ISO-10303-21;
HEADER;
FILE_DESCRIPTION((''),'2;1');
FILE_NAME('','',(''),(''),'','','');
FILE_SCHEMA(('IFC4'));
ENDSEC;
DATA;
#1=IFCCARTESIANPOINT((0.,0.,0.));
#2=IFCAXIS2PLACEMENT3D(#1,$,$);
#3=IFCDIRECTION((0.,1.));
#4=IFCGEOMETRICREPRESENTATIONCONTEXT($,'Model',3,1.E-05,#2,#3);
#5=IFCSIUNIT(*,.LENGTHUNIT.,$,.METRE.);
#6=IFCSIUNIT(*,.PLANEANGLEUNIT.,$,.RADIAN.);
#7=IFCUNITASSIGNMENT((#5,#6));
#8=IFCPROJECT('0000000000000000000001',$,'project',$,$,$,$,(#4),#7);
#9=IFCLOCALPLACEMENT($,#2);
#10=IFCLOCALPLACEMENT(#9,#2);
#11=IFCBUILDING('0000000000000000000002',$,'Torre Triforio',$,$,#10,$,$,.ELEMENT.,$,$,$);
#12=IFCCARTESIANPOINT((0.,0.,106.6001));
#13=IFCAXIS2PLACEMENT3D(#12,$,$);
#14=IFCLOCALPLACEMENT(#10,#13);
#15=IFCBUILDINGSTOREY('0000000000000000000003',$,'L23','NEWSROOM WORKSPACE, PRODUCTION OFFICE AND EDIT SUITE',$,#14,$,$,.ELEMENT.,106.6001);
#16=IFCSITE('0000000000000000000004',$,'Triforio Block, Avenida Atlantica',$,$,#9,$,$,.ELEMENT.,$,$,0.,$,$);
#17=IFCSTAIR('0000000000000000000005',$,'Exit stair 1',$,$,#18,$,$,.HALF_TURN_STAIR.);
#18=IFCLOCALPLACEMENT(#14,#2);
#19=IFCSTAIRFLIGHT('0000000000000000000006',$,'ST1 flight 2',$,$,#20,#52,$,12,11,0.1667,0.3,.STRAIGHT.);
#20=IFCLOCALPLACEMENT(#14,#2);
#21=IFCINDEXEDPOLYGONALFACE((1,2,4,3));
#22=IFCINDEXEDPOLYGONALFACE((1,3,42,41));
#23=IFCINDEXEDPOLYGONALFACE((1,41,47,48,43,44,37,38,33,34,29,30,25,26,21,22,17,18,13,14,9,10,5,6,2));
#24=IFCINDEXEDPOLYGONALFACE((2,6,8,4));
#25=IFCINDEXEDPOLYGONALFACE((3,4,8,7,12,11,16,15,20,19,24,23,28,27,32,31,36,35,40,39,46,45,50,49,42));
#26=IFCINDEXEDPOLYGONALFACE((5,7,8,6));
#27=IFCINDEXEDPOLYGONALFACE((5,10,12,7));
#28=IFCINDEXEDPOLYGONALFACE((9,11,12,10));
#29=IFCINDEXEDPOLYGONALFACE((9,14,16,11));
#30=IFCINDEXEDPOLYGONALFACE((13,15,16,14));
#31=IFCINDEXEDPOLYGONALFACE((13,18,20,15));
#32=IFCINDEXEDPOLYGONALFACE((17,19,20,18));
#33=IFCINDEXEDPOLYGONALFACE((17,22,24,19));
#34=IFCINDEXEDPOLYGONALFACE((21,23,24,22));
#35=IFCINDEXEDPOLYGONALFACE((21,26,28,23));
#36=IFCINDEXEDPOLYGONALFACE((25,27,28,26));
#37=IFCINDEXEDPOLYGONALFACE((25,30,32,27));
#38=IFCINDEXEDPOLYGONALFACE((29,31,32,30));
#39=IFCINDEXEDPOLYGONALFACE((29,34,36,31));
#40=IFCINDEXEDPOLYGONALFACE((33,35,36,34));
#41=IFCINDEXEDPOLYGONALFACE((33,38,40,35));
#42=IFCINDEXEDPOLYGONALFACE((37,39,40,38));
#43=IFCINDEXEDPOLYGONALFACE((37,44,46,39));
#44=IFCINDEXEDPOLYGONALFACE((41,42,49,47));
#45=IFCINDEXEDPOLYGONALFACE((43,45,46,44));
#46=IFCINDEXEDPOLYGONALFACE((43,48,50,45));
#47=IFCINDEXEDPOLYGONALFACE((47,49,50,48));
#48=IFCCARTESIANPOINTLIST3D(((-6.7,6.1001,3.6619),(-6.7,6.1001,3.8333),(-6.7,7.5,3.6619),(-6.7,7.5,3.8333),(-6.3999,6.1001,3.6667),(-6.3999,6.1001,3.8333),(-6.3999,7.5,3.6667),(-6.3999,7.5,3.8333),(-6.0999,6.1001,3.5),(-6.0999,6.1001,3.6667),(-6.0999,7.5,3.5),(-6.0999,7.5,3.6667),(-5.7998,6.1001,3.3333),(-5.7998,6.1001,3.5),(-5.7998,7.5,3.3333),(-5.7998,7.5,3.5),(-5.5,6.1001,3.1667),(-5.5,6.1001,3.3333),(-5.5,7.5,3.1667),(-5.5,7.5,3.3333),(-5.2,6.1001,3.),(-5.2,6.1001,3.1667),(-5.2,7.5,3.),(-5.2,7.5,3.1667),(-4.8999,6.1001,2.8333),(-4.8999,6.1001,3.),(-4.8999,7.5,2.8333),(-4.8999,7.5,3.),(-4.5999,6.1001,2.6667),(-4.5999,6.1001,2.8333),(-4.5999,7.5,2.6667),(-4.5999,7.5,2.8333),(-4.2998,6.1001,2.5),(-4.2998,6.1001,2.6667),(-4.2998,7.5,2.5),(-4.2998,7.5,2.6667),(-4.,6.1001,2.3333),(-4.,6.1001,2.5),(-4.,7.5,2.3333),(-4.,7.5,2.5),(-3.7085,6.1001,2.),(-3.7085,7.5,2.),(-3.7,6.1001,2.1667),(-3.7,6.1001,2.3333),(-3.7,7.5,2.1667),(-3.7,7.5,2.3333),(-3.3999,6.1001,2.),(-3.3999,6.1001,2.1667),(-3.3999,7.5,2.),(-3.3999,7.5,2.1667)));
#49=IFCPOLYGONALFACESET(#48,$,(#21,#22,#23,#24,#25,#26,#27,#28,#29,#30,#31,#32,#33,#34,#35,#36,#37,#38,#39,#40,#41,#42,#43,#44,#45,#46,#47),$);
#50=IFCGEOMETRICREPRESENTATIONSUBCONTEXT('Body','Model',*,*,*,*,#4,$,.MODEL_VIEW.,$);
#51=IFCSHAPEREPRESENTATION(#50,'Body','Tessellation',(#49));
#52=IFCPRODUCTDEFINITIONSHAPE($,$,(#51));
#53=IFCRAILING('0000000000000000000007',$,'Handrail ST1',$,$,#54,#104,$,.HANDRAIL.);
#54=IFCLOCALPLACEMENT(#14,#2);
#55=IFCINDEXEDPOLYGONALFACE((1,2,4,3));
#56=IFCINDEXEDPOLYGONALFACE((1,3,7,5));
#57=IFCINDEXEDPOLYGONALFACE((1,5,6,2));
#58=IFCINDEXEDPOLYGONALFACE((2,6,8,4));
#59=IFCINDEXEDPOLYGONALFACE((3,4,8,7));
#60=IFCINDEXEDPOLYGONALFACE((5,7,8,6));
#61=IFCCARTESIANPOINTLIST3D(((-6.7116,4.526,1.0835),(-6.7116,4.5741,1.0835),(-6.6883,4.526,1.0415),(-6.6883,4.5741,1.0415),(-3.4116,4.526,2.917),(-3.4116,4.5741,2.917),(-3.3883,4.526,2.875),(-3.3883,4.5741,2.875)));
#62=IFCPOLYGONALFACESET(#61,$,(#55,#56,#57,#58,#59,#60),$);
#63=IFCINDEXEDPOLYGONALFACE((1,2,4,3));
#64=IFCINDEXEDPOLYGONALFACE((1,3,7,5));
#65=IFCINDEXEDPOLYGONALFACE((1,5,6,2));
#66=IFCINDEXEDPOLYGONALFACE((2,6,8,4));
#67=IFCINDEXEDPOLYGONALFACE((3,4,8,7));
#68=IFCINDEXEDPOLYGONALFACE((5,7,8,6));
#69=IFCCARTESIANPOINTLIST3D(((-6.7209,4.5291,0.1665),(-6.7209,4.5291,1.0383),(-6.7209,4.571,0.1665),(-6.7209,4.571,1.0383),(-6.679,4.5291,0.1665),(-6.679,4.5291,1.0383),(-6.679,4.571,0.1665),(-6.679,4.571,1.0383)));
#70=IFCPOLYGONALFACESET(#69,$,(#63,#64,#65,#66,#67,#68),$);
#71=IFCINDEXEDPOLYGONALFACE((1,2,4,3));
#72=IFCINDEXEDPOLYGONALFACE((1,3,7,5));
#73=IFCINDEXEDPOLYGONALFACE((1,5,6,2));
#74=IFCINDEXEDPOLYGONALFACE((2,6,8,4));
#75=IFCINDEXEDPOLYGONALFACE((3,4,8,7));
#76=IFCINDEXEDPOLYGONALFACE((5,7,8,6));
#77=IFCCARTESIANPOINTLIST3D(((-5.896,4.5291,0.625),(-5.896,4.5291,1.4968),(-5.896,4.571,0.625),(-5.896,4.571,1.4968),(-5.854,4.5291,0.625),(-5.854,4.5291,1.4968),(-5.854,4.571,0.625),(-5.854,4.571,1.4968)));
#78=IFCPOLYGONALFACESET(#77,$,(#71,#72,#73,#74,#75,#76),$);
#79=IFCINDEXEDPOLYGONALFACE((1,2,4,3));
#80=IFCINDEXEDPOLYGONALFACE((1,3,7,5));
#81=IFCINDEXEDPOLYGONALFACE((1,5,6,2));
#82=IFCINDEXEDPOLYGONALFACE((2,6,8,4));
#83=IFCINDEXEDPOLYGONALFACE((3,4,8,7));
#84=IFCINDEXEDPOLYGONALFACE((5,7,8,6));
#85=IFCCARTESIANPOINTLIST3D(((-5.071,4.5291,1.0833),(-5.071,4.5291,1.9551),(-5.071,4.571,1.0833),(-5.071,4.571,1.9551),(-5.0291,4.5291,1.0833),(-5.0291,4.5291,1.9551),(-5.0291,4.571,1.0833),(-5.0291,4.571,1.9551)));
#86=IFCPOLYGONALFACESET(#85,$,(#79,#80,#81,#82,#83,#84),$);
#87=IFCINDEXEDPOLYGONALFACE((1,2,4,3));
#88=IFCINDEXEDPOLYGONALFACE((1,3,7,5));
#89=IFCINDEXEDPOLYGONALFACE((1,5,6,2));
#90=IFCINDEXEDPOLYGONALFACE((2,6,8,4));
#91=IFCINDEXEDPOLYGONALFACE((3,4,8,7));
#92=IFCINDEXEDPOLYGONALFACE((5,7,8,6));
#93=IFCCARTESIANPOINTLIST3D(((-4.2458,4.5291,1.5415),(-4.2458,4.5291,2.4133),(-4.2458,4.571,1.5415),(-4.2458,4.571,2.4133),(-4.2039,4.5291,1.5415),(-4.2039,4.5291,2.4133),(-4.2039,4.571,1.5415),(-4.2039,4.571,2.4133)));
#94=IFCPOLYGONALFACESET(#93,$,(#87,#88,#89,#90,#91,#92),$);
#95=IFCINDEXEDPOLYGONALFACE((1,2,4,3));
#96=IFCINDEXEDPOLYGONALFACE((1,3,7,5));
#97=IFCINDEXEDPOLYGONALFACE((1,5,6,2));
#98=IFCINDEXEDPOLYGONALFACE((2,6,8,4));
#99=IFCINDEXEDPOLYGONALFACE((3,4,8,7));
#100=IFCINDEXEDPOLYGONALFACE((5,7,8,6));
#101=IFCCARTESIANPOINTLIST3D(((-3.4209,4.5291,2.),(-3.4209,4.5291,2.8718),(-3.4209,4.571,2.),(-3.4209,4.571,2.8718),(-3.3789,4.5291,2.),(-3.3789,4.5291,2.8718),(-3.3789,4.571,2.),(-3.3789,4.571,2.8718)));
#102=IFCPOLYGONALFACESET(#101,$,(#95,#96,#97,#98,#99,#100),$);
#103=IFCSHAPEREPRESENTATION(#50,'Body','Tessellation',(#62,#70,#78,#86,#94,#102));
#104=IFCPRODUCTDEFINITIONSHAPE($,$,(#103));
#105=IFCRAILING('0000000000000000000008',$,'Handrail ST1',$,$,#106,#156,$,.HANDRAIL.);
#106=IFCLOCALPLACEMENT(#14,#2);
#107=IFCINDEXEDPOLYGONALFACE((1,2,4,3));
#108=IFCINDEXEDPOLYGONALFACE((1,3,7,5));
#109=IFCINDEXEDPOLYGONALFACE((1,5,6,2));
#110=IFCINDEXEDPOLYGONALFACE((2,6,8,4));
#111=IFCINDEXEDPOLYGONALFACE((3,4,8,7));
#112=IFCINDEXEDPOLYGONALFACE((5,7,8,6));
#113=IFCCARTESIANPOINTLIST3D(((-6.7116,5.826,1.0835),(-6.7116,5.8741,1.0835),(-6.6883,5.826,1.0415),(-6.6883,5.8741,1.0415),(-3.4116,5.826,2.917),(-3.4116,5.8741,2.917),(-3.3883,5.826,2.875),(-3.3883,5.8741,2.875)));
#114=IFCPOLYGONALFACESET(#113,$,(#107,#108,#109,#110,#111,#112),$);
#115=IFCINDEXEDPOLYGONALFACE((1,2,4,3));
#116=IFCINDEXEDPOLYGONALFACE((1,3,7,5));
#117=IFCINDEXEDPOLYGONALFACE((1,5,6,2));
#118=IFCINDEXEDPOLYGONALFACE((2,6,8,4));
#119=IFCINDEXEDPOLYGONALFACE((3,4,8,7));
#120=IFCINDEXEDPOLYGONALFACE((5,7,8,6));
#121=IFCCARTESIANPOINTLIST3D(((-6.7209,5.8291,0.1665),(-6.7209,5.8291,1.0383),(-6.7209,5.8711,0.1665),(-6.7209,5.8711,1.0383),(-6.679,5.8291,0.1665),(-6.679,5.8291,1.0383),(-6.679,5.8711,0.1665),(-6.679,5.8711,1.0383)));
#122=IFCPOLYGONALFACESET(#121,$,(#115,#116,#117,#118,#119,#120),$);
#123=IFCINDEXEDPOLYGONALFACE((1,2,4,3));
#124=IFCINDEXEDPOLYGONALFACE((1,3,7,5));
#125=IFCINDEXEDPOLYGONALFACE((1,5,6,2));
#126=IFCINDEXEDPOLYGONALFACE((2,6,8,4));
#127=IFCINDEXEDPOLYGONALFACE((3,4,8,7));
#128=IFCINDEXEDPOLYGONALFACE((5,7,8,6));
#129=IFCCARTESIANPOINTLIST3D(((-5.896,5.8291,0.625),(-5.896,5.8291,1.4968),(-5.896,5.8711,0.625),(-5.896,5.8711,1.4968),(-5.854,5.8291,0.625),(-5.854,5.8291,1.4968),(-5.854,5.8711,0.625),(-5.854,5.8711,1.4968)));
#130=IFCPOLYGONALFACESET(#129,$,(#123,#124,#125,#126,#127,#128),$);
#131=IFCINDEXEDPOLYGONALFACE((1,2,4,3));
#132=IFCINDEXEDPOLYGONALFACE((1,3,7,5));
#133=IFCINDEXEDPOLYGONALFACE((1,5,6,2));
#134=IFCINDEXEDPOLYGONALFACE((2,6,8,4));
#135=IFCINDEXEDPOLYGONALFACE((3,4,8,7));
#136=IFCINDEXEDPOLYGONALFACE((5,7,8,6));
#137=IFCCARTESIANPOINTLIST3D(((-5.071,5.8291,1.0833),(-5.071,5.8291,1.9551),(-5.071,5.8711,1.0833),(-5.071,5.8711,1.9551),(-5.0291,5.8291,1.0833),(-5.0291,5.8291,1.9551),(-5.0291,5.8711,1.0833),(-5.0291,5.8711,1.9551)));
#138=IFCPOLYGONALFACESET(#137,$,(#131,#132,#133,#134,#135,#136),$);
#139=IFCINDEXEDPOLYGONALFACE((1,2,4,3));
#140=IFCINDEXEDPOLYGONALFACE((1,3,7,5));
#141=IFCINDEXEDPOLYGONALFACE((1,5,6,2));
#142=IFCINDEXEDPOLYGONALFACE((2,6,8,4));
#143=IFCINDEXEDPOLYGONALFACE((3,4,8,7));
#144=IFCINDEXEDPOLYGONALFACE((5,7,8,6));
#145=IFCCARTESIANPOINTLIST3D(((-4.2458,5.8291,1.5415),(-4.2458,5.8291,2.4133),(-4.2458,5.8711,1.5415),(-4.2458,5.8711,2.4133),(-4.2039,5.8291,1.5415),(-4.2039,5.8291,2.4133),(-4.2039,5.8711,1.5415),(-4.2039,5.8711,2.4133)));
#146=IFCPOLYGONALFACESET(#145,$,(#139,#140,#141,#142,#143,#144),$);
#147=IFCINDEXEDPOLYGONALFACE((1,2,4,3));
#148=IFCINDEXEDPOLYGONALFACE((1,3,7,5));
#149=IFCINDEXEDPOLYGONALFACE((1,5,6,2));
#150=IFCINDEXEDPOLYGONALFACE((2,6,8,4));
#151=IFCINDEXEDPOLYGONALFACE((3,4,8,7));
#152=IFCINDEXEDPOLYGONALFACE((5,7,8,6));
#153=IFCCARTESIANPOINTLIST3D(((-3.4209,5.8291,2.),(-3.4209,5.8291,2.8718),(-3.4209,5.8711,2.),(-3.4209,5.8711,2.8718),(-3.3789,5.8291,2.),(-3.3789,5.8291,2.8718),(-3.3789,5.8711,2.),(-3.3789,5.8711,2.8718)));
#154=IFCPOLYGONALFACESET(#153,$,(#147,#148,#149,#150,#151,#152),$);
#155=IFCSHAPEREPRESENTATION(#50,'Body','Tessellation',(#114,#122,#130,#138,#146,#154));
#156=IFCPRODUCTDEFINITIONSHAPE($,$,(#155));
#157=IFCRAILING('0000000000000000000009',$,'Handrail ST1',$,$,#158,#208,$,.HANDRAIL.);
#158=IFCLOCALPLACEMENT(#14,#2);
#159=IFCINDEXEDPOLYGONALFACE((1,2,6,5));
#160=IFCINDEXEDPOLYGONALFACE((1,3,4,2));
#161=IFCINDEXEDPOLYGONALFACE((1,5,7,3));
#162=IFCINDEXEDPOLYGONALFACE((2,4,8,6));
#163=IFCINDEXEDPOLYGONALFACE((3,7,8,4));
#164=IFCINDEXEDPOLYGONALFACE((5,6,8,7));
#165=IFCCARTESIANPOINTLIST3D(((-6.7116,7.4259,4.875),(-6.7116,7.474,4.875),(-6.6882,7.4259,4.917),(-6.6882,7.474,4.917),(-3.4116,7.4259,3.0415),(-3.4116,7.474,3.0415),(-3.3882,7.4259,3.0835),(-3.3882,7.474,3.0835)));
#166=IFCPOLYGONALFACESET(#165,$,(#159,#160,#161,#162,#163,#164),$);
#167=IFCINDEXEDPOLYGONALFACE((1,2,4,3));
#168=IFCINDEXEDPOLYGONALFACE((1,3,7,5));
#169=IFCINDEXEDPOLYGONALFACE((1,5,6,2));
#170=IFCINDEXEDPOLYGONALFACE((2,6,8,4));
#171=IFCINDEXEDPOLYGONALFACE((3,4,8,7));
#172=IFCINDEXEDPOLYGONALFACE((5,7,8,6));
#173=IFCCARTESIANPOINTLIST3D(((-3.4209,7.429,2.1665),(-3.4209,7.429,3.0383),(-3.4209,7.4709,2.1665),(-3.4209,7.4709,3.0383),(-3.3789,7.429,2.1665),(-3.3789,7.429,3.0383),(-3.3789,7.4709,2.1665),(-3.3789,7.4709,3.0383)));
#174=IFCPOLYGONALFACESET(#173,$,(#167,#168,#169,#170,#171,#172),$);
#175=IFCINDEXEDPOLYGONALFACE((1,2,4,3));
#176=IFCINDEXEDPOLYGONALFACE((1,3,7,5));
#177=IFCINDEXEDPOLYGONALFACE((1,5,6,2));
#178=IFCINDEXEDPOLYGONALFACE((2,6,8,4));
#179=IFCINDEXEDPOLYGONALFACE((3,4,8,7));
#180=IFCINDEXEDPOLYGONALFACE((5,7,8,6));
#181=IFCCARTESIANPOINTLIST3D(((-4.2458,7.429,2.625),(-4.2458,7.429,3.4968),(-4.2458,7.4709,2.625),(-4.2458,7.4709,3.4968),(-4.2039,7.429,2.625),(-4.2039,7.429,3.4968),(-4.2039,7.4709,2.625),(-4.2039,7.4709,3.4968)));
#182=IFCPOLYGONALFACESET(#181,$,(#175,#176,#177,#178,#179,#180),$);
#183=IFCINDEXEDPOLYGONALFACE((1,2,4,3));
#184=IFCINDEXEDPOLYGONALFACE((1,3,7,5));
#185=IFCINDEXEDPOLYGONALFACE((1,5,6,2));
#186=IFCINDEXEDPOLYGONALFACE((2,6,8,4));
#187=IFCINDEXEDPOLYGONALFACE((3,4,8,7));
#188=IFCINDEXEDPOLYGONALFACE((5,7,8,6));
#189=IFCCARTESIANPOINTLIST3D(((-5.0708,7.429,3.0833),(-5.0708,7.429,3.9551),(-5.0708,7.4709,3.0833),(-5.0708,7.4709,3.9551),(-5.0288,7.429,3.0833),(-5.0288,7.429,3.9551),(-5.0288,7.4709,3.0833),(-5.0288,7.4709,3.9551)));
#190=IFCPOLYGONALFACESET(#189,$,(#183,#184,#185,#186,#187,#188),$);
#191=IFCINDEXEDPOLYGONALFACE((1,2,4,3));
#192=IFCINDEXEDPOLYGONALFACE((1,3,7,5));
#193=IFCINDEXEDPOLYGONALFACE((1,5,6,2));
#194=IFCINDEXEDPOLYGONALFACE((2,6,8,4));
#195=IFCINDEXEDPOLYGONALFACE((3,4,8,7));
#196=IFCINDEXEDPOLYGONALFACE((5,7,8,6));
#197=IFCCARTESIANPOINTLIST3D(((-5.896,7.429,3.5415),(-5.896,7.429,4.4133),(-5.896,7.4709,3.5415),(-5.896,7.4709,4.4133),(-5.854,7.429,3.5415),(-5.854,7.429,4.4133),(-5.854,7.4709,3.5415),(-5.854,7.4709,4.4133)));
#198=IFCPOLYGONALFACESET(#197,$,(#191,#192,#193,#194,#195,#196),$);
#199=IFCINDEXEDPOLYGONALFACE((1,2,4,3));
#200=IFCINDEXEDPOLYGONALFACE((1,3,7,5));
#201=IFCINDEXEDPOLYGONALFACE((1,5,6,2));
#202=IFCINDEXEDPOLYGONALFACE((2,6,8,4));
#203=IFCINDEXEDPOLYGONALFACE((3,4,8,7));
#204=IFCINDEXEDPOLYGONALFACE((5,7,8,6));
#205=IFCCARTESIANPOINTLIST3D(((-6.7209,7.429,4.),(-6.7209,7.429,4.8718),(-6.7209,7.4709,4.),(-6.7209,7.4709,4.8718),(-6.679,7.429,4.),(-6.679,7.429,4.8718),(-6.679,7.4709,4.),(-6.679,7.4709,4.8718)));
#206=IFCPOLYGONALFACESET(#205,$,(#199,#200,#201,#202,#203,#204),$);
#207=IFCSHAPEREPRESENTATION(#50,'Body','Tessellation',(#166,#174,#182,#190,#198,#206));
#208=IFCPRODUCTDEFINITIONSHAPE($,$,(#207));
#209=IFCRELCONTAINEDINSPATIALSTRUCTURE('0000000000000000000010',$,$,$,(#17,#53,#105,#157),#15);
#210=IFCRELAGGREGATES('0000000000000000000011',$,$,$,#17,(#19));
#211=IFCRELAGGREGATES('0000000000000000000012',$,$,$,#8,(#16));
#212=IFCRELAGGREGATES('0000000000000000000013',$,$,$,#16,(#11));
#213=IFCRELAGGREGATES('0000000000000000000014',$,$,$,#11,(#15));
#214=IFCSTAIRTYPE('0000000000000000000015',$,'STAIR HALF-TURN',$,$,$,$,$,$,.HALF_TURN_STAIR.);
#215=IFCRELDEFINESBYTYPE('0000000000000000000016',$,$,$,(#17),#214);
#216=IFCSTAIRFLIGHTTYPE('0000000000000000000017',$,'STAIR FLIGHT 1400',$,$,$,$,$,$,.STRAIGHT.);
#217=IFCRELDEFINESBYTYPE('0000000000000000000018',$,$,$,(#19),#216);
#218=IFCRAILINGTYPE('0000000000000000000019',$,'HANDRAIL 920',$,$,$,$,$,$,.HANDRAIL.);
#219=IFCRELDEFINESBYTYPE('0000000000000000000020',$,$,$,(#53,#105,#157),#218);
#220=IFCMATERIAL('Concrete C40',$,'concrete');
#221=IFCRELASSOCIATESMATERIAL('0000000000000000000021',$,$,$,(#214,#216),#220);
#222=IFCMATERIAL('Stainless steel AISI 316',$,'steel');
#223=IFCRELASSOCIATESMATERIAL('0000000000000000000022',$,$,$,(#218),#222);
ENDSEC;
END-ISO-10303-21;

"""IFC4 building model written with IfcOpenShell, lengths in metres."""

from ifc_helpers import new_model, si_unit, direction, frame, origin, origin_2d, place, context, subcontext, project, spatial, polyline, rectangle, outline, extrude, material, type_object, element, aggregate, save


model = new_model("IFC4")

# Units and contexts
model_context = context("Model", 3, precision=1e-05, world=origin(), true_north=direction((0.0, 1.0)))
body_context = subcontext(model_context, "Body", "Model", "MODEL_VIEW")
ifc_project = project(units=[si_unit("LENGTHUNIT", "METRE"), si_unit("PLANEANGLEUNIT", "RADIAN")], contexts=[model_context])

# Site, building, storey
site_placement = place(None, origin())
site = spatial("IfcSite", under=ifc_project, at=site_placement, Name="Triforio Block, Avenida Atlantica", CompositionType="ELEMENT", RefElevation=0.0)
building_placement = place(site_placement, origin())
building = spatial("IfcBuilding", under=site, at=building_placement, Name="Torre Triforio", CompositionType="ELEMENT")
storey_placement = place(building_placement, frame((0.0, 0.0, 106.6001)))
storey = spatial("IfcBuildingStorey", under=building, at=storey_placement, Name="L23", Description="NEWSROOM WORKSPACE, PRODUCTION OFFICE AND EDIT SUITE", CompositionType="ELEMENT", Elevation=106.6001)

# Stair, stair flight
ifc_material_1 = material(Name="Concrete C40", Category="concrete")
stair_type = type_object("IfcStairType", Name="STAIR HALF-TURN", PredefinedType="HALF_TURN_STAIR", material=ifc_material_1)
stair_placement = place(storey_placement, origin())
stair = element("IfcStair", 1, at=stair_placement, inside=storey, type_object=stair_type, Name="Exit stair 1", PredefinedType="HALF_TURN_STAIR")
stair_flight_type = type_object("IfcStairFlightType", Name="STAIR FLIGHT 1400", PredefinedType="STRAIGHT", material=ifc_material_1)
stair_flight_1_placement = place(storey_placement, frame((-3.3999, 6.8, 2.0), z_axis=(0.0, 0.0, 1.0), x_axis=(-1.0, 0.0, 0.0)))
stair_flight_1 = element("IfcStairFlight", 2, at=stair_flight_1_placement, type_object=stair_flight_type, Name="ST1 flight 2", NumberOfRisers=12, NumberOfTreads=11, PredefinedType="STRAIGHT", RiserHeight=0.1667, TreadLength=0.3, context=body_context, shape_type="SweptSolid", body=[
    extrude(outline(polyline([(0.0, 0.0), (0.0, 0.1667), (0.3, 0.1667), (0.3, 0.3333), (0.6001, 0.3333), (0.6001, 0.5), (0.8999, 0.5), (0.8999, 0.6667), (1.2, 0.6667), (1.2, 0.8333), (1.5, 0.8333), (1.5, 1.0), (1.8, 1.0), (1.8, 1.1667), (2.1001, 1.1667), (2.1001, 1.3333), (2.3999, 1.3333), (2.3999, 1.5), (2.7, 1.5), (2.7, 1.6667), (3.0, 1.6667), (3.0, 1.8333), (3.3, 1.8333), (3.3, 2.0), (3.3, 1.6619), (0.3086, 0.0), (0.0, 0.0)])), frame((0.0, 0.7, 0.0), z_axis=(0.0, -1.0, 0.0), x_axis=(1.0, 0.0, 0.0)), (0.0, 0.0, 1.0), 1.3999),
])
aggregate(stair, [stair_flight_1])

# Railings
ifc_material_2 = material(Name="Stainless steel AISI 316", Category="steel")
railing_type = type_object("IfcRailingType", Name="HANDRAIL 920", PredefinedType="HANDRAIL", material=ifc_material_2)
for number, where, name in (
    (3, (-6.7, 4.55, 0.1665), "Handrail ST1"),
    (4, (-6.7, 5.8501, 0.1665), "Handrail ST1"),
):
    element("IfcRailing", number, at=place(storey_placement, frame(where)), inside=storey, type_object=railing_type, Name=name, PredefinedType="HANDRAIL", context=body_context, shape_type="SweptSolid", body=[
        extrude(rectangle(XDim=0.0481, YDim=0.0481, at=origin_2d()), frame((0.0, 0.0, 0.896), z_axis=(0.874142, 0.0, 0.48567), x_axis=(0.0, 1.0, 0.0)), (0.0, 0.0, 1.0), 3.7751),
        extrude(rectangle(XDim=0.042, YDim=0.042, at=origin_2d()), origin(), (0.0, 0.0, 1.0), 0.8718),
        extrude(rectangle(XDim=0.042, YDim=0.042, at=origin_2d()), frame((0.825, 0.0, 0.4585)), (0.0, 0.0, 1.0), 0.8718),
        extrude(rectangle(XDim=0.042, YDim=0.042, at=origin_2d()), frame((1.6499, 0.0, 0.9167)), (0.0, 0.0, 1.0), 0.8718),
        extrude(rectangle(XDim=0.042, YDim=0.042, at=origin_2d()), frame((2.4751, 0.0, 1.375)), (0.0, 0.0, 1.0), 0.8718),
        extrude(rectangle(XDim=0.042, YDim=0.042, at=origin_2d()), frame((3.3, 0.0, 1.8335)), (0.0, 0.0, 1.0), 0.8718),
    ])
for number, where, name in (
    (5, (-3.3999, 7.45, 2.1665), "Handrail ST1"),
):
    element("IfcRailing", number, at=place(storey_placement, frame(where)), inside=storey, type_object=railing_type, Name=name, PredefinedType="HANDRAIL", context=body_context, shape_type="SweptSolid", body=[
        extrude(rectangle(XDim=0.0481, YDim=0.0481, at=origin_2d()), frame((0.0, 0.0, 0.896), z_axis=(-0.874142, 0.0, 0.48567), x_axis=(0.0, -1.0, 0.0)), (0.0, 0.0, 1.0), 3.7751),
        extrude(rectangle(XDim=0.042, YDim=0.042, at=origin_2d()), origin(), (0.0, 0.0, 1.0), 0.8718),
        extrude(rectangle(XDim=0.042, YDim=0.042, at=origin_2d()), frame((-0.825, 0.0, 0.4585)), (0.0, 0.0, 1.0), 0.8718),
        extrude(rectangle(XDim=0.042, YDim=0.042, at=origin_2d()), frame((-1.6499, 0.0, 0.9167)), (0.0, 0.0, 1.0), 0.8718),
        extrude(rectangle(XDim=0.042, YDim=0.042, at=origin_2d()), frame((-2.4751, 0.0, 1.375)), (0.0, 0.0, 1.0), 0.8718),
        extrude(rectangle(XDim=0.042, YDim=0.042, at=origin_2d()), frame((-3.3, 0.0, 1.8335)), (0.0, 0.0, 1.0), 0.8718),
    ])

save(model, "model.ifc")
